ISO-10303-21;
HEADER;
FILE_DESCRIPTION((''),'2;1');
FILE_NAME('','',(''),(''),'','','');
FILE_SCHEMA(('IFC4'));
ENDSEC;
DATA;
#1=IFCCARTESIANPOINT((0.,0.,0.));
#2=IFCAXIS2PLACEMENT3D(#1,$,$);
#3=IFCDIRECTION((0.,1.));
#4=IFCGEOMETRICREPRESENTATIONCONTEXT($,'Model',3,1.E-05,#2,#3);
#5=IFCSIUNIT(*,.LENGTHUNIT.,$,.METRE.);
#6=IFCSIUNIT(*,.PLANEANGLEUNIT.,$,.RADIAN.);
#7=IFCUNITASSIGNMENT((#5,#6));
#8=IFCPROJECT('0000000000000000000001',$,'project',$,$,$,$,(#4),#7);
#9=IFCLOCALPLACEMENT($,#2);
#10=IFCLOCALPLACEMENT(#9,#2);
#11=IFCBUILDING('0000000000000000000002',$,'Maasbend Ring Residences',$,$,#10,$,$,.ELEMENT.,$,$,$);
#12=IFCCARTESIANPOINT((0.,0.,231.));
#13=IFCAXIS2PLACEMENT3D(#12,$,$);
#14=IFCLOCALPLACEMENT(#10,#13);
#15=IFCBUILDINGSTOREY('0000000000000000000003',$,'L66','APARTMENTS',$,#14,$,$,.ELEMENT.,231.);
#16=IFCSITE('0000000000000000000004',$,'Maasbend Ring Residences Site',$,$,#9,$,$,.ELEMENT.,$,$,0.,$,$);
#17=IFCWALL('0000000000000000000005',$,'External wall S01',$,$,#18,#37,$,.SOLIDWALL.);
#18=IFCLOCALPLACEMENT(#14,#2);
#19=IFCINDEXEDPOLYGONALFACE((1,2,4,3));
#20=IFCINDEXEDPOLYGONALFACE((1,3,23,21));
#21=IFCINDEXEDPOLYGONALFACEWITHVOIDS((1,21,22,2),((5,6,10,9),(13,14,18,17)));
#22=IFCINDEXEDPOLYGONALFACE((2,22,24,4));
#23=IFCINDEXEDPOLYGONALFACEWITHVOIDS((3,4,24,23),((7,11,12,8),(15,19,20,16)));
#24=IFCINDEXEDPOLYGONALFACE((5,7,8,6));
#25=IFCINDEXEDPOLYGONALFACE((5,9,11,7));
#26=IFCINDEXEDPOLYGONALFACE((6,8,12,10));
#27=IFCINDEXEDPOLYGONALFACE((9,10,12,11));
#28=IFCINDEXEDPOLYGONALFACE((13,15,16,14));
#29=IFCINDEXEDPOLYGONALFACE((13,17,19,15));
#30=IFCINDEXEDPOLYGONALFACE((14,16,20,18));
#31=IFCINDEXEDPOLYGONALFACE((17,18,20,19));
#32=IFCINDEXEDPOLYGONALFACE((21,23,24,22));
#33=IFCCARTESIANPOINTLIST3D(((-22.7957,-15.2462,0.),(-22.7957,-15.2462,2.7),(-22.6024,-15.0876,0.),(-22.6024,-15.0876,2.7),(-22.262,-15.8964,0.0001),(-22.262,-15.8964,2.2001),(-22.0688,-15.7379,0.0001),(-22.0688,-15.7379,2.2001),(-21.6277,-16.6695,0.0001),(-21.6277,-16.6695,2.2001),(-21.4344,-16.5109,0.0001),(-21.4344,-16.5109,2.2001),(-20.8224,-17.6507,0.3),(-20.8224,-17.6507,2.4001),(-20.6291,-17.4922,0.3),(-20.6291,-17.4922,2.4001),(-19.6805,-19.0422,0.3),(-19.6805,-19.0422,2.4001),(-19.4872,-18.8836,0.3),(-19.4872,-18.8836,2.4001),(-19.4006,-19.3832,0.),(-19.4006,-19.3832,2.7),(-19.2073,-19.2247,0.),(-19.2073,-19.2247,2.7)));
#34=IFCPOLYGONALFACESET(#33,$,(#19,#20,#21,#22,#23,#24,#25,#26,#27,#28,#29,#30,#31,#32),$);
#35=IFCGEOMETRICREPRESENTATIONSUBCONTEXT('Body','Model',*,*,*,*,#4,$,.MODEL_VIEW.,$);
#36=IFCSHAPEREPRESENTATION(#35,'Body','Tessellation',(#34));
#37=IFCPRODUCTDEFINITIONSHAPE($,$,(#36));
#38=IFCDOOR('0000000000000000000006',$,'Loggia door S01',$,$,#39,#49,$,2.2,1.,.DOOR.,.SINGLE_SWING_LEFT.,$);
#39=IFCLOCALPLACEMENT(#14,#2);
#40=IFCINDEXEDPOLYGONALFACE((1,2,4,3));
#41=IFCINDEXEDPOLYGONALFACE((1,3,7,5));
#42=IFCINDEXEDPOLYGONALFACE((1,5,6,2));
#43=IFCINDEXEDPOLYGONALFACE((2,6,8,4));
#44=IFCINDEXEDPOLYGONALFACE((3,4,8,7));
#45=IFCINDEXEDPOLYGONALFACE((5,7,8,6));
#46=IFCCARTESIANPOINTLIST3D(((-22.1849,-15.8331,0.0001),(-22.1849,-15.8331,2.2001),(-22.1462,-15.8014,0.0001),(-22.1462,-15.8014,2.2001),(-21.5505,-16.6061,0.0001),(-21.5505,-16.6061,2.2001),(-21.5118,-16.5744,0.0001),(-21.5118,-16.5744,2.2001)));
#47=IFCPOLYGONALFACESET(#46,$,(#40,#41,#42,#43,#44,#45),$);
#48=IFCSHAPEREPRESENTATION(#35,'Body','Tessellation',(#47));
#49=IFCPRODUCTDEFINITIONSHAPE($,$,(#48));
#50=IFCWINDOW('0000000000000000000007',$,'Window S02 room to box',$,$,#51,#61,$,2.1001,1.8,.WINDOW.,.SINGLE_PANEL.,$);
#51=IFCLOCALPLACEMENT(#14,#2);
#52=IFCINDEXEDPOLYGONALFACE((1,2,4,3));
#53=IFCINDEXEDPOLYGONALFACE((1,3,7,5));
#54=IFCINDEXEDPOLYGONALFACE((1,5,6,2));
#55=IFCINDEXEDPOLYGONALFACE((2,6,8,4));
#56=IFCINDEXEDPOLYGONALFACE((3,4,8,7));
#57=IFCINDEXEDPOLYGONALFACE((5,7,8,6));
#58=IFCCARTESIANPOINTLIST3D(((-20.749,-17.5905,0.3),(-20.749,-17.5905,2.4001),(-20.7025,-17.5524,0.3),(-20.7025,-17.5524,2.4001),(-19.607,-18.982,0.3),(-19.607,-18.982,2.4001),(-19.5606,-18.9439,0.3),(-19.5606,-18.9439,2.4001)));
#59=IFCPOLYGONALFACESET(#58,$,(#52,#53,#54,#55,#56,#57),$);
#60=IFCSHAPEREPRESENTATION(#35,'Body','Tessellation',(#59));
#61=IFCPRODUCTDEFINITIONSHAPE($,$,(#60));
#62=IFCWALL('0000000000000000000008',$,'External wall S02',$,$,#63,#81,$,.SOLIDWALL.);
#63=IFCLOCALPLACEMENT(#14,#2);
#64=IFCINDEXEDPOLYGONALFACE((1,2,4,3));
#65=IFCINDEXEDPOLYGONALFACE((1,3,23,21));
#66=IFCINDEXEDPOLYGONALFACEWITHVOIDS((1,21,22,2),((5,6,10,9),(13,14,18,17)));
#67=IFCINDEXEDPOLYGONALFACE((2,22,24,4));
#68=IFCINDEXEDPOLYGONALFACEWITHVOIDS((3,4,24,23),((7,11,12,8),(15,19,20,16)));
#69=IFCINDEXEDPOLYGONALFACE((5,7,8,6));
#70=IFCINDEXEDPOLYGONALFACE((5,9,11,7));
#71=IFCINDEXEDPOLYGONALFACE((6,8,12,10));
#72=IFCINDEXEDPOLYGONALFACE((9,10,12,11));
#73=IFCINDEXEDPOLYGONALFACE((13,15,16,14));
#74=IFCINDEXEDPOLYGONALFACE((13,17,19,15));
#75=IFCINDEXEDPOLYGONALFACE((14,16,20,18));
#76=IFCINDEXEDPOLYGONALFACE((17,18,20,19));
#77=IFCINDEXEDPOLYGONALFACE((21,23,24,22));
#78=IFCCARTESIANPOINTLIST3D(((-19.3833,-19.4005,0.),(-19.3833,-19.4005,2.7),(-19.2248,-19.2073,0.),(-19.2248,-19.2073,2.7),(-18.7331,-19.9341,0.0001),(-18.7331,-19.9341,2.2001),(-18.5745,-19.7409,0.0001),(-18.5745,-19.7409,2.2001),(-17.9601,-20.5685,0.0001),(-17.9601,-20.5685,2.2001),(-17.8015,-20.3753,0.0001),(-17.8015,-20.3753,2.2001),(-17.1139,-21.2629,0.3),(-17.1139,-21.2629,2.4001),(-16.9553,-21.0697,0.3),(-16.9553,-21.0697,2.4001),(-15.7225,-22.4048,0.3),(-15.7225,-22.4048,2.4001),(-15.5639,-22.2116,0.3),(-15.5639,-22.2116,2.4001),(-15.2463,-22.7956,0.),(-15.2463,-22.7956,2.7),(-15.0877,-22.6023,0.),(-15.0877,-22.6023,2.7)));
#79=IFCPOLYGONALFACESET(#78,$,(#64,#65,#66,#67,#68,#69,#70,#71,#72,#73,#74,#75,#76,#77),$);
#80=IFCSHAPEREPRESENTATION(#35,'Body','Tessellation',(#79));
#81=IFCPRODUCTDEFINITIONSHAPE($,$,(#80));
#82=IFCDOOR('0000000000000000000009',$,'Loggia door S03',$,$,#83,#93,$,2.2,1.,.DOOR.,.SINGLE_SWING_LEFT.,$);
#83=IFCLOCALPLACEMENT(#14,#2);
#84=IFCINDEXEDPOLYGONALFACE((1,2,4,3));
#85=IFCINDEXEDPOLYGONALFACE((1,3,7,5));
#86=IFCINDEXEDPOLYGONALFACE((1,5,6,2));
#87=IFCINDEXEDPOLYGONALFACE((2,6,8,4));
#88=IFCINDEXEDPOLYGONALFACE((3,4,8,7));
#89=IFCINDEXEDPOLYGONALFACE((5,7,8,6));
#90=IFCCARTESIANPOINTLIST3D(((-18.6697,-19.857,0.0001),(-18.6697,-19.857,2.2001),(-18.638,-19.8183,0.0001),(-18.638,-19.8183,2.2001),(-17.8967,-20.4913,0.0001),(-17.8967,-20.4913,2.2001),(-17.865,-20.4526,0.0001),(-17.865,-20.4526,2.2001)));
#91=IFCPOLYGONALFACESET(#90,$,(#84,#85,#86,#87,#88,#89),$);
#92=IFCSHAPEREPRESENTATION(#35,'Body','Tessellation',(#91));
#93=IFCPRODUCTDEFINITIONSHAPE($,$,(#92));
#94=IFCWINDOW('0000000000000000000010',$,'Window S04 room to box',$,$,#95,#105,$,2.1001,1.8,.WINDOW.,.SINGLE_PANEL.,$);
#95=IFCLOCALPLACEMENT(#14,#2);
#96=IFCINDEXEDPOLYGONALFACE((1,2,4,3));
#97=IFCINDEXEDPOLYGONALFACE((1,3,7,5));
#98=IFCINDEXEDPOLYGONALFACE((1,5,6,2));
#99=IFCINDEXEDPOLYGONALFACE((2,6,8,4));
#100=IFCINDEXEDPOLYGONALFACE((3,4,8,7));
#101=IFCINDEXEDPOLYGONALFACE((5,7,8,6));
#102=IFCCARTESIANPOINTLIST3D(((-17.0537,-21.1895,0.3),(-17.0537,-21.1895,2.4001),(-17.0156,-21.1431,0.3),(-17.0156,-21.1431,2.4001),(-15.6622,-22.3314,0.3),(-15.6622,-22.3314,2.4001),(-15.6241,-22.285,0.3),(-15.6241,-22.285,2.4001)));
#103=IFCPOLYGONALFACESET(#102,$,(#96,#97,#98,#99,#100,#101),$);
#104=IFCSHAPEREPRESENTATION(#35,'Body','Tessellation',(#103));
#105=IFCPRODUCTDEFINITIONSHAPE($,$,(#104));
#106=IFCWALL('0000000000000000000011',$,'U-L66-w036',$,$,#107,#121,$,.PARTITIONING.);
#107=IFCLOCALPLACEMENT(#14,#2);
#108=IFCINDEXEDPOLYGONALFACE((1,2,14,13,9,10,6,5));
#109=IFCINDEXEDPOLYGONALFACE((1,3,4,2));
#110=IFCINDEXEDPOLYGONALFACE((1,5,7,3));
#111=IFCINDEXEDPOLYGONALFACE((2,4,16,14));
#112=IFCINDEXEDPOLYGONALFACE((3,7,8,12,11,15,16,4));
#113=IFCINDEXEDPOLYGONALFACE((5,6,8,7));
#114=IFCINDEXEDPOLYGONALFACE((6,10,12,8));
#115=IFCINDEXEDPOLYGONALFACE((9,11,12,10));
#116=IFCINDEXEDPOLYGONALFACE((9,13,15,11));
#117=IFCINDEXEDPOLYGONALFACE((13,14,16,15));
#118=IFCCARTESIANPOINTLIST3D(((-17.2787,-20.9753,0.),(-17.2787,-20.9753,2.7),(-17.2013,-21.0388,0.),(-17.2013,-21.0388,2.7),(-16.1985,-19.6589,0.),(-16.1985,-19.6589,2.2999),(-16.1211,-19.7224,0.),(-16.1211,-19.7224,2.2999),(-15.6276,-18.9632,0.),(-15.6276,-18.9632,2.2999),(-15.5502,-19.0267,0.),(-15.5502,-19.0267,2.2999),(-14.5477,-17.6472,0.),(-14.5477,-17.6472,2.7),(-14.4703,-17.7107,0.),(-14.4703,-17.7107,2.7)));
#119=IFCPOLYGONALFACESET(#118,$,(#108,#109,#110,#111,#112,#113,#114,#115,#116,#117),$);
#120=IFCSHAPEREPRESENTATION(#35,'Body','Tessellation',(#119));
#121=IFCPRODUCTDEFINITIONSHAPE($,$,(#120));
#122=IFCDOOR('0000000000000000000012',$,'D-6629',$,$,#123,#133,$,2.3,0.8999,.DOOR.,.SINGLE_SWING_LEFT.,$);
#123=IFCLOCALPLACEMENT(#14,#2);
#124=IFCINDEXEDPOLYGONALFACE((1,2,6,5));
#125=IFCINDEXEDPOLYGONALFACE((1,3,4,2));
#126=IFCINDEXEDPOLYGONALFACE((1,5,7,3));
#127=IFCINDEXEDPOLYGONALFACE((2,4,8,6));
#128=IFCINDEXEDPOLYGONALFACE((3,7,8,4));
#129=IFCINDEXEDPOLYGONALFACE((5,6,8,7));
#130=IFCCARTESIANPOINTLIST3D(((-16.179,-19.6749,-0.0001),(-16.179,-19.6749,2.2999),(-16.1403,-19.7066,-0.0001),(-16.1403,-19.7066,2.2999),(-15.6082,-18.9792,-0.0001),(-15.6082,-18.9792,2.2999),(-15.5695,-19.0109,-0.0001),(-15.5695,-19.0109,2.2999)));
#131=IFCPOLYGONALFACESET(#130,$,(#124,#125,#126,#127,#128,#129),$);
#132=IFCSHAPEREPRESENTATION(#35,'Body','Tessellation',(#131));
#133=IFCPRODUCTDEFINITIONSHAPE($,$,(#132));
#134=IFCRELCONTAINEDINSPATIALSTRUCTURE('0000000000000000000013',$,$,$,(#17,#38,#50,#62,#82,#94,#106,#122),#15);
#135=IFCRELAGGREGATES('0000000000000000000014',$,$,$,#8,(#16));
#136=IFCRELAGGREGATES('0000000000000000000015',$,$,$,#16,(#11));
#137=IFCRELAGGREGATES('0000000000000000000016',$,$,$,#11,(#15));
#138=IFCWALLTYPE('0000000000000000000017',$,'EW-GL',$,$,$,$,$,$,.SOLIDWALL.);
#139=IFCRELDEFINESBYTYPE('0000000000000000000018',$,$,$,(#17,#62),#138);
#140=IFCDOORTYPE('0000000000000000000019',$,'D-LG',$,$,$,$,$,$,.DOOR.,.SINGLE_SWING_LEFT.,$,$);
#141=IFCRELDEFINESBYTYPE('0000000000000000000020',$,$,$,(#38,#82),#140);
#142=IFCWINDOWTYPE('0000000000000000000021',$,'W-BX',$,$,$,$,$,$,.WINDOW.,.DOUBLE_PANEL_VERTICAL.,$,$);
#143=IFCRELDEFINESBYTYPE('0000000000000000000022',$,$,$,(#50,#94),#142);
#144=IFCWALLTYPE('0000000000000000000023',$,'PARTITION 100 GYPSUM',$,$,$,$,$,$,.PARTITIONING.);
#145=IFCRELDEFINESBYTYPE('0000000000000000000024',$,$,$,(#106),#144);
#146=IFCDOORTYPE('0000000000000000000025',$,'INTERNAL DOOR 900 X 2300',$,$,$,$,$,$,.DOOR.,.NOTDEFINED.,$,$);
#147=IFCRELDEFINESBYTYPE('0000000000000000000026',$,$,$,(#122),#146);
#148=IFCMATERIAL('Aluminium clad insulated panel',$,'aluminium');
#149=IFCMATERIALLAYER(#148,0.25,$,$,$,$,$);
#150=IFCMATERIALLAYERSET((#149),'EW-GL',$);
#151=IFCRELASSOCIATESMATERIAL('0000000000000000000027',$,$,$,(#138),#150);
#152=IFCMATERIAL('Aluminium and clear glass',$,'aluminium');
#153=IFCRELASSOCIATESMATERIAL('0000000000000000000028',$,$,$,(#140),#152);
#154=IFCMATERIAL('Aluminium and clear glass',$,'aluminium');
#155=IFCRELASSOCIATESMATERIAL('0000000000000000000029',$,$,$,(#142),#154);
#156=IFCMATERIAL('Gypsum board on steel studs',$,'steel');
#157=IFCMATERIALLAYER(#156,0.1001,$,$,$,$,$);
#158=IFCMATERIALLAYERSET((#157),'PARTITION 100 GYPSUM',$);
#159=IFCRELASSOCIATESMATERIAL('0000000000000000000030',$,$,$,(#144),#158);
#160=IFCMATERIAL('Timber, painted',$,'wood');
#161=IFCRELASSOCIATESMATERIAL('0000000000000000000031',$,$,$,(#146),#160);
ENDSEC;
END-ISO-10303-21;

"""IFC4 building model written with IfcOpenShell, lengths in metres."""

from ifc_helpers import new_model, si_unit, direction, frame, frame_2d, origin, place, context, subcontext, project, spatial, rectangle, extrude, material, layer, layer_set, type_object, element, fill, save


model = new_model("IFC4")

# Units and contexts
model_context = context("Model", 3, precision=1e-05, world=origin(), true_north=direction((0.0, 1.0)))
body_context = subcontext(model_context, "Body", "Model", "MODEL_VIEW")
ifc_project = project(units=[si_unit("LENGTHUNIT", "METRE"), si_unit("PLANEANGLEUNIT", "RADIAN")], contexts=[model_context])

# Site, building, storey
site_placement = place(None, origin())
site = spatial("IfcSite", under=ifc_project, at=site_placement, Name="Maasbend Ring Residences Site", CompositionType="ELEMENT", RefElevation=0.0)
building_placement = place(site_placement, origin())
building = spatial("IfcBuilding", under=site, at=building_placement, Name="Maasbend Ring Residences", CompositionType="ELEMENT")
storey_placement = place(building_placement, frame((0.0, 0.0, 231.0)))
storey = spatial("IfcBuildingStorey", under=building, at=storey_placement, Name="L66", Description="APARTMENTS", CompositionType="ELEMENT", Elevation=231.0)

# Walls, openings, doors, windows
ifc_material_1 = material(Name="Aluminium clad insulated panel", Category="aluminium")
ifc_layer_1 = layer(ifc_material_1, 0.25)
ifc_layer_set_1 = layer_set([ifc_layer_1], Name="EW-GL")
wall_type_1 = type_object("IfcWallType", Name="EW-GL", PredefinedType="SOLIDWALL", material=ifc_layer_set_1)
wall_1_placement = place(storey_placement, frame((-22.699, -15.167, 0.0), z_axis=(0.0, 0.0, 1.0), x_axis=(0.634382, -0.773019, 0.0)))
wall_1 = element("IfcWall", 1, at=wall_1_placement, inside=storey, type_object=wall_type_1, Name="External wall S01", PredefinedType="SOLIDWALL", context=body_context, shape_type="SweptSolid", body=[
    extrude(rectangle(XDim=5.3518, YDim=0.25, at=frame_2d((2.6758, 0.0))), origin(), (0.0, 0.0, 1.0), 2.7),
])
opening_1_placement = place(wall_1_placement, frame((0.8411, 0.0, 0.0)))
opening_1 = element("IfcOpeningElement", 2, at=opening_1_placement, cuts=wall_1, PredefinedType="OPENING", context=body_context, shape_type="SweptSolid", body=[
    extrude(rectangle(XDim=1.0, YDim=2.2, at=frame_2d((0.5, 1.1001))), frame((0.0, 0.135, 0.0), z_axis=(0.0, -1.0, 0.0), x_axis=(1.0, 0.0, 0.0)), (0.0, 0.0, 1.0), 0.27),
])
opening_2_placement = place(wall_1_placement, frame((3.1106, 0.0, 0.3)))
opening_2 = element("IfcOpeningElement", 3, at=opening_2_placement, cuts=wall_1, PredefinedType="OPENING", context=body_context, shape_type="SweptSolid", body=[
    extrude(rectangle(XDim=1.8, YDim=2.1001, at=frame_2d((0.8999, 1.05))), frame((0.0, 0.135, 0.0), z_axis=(0.0, -1.0, 0.0), x_axis=(1.0, 0.0, 0.0)), (0.0, 0.0, 1.0), 0.27),
])
ifc_material_2 = material(Name="Aluminium and clear glass", Category="aluminium")
door_type_1 = type_object("IfcDoorType", Name="D-LG", OperationType="SINGLE_SWING_LEFT", PredefinedType="DOOR", material=ifc_material_2)
door_1_placement = place(opening_1_placement, origin())
door_1 = element("IfcDoor", 4, at=door_1_placement, inside=storey, type_object=door_type_1, Name="Loggia door S01", OperationType="SINGLE_SWING_LEFT", OverallHeight=2.2, OverallWidth=1.0, PredefinedType="DOOR", context=body_context, shape_type="SweptSolid", body=[
    extrude(rectangle(XDim=1.0, YDim=2.2, at=frame_2d((0.5, 1.1001))), frame((0.0, 0.0249, 0.0), z_axis=(0.0, -1.0, 0.0), x_axis=(1.0, 0.0, 0.0)), (0.0, 0.0, 1.0), 0.05),
])
fill(opening_1, door_1)
ifc_material_3 = material(Name="Aluminium and clear glass", Category="aluminium")
window_type_1 = type_object("IfcWindowType", Name="W-BX", PartitioningType="DOUBLE_PANEL_VERTICAL", PredefinedType="WINDOW", material=ifc_material_3)
window_1_placement = place(opening_2_placement, origin())
window_1 = element("IfcWindow", 5, at=window_1_placement, inside=storey, type_object=window_type_1, Name="Window S02 room to box", OverallHeight=2.1001, OverallWidth=1.8, PartitioningType="SINGLE_PANEL", PredefinedType="WINDOW", context=body_context, shape_type="SweptSolid", body=[
    extrude(rectangle(XDim=1.8, YDim=2.1001, at=frame_2d((0.8999, 1.05))), frame((0.0, 0.03, 0.0), z_axis=(0.0, -1.0, 0.0), x_axis=(1.0, 0.0, 0.0)), (0.0, 0.0, 1.0), 0.0601),
])
fill(opening_2, window_1)
wall_2_placement = place(storey_placement, frame((-19.304, -19.304, 0.0), z_axis=(0.0, 0.0, 1.0), x_axis=(0.773019, -0.634382, 0.0)))
wall_2 = element("IfcWall", 6, at=wall_2_placement, inside=storey, type_object=wall_type_1, Name="External wall S02", PredefinedType="SOLIDWALL", context=body_context, shape_type="SweptSolid", body=[
    extrude(rectangle(XDim=5.3518, YDim=0.25, at=frame_2d((2.6758, 0.0))), origin(), (0.0, 0.0, 1.0), 2.7),
])
opening_3_placement = place(wall_2_placement, frame((0.8411, 0.0, 0.0)))
opening_3 = element("IfcOpeningElement", 7, at=opening_3_placement, cuts=wall_2, PredefinedType="OPENING", context=body_context, shape_type="SweptSolid", body=[
    extrude(rectangle(XDim=1.0, YDim=2.2, at=frame_2d((0.5, 1.1001))), frame((0.0, 0.135, 0.0), z_axis=(0.0, -1.0, 0.0), x_axis=(1.0, 0.0, 0.0)), (0.0, 0.0, 1.0), 0.27),
])
opening_4_placement = place(wall_2_placement, frame((2.9358, 0.0, 0.3)))
opening_4 = element("IfcOpeningElement", 8, at=opening_4_placement, cuts=wall_2, PredefinedType="OPENING", context=body_context, shape_type="SweptSolid", body=[
    extrude(rectangle(XDim=1.8, YDim=2.1001, at=frame_2d((0.8999, 1.05))), frame((0.0, 0.135, 0.0), z_axis=(0.0, -1.0, 0.0), x_axis=(1.0, 0.0, 0.0)), (0.0, 0.0, 1.0), 0.27),
])
door_2_placement = place(opening_3_placement, origin())
door_2 = element("IfcDoor", 9, at=door_2_placement, inside=storey, type_object=door_type_1, Name="Loggia door S03", OperationType="SINGLE_SWING_LEFT", OverallHeight=2.2, OverallWidth=1.0, PredefinedType="DOOR", context=body_context, shape_type="SweptSolid", body=[
    extrude(rectangle(XDim=1.0, YDim=2.2, at=frame_2d((0.5, 1.1001))), frame((0.0, 0.0249, 0.0), z_axis=(0.0, -1.0, 0.0), x_axis=(1.0, 0.0, 0.0)), (0.0, 0.0, 1.0), 0.05),
])
fill(opening_3, door_2)
window_2_placement = place(opening_4_placement, origin())
window_2 = element("IfcWindow", 10, at=window_2_placement, inside=storey, type_object=window_type_1, Name="Window S04 room to box", OverallHeight=2.1001, OverallWidth=1.8, PartitioningType="SINGLE_PANEL", PredefinedType="WINDOW", context=body_context, shape_type="SweptSolid", body=[
    extrude(rectangle(XDim=1.8, YDim=2.1001, at=frame_2d((0.8999, 1.05))), frame((0.0, 0.03, 0.0), z_axis=(0.0, -1.0, 0.0), x_axis=(1.0, 0.0, 0.0)), (0.0, 0.0, 1.0), 0.0601),
])
fill(opening_4, window_2)

# Wall, opening, door
ifc_material_4 = material(Name="Gypsum board on steel studs", Category="steel")
ifc_layer_2 = layer(ifc_material_4, 0.1001)
ifc_layer_set_2 = layer_set([ifc_layer_2], Name="PARTITION 100 GYPSUM")
wall_type_2 = type_object("IfcWallType", Name="PARTITION 100 GYPSUM", PredefinedType="PARTITIONING", material=ifc_layer_set_2)
wall_3_placement = place(storey_placement, frame((-17.24, -21.0071, 0.0), z_axis=(0.0, 0.0, 1.0), x_axis=(0.634343, 0.773052, 0.0)))
wall_3 = element("IfcWall", 11, at=wall_3_placement, inside=storey, type_object=wall_type_2, Name="U-L66-w036", PredefinedType="PARTITIONING", context=body_context, shape_type="SweptSolid", body=[
    extrude(rectangle(XDim=4.3052, YDim=0.1001, at=frame_2d((2.1526, 0.0))), origin(), (0.0, 0.0, 1.0), 2.7),
])
opening_5_placement = place(wall_3_placement, frame((1.7029, 0.0, 0.0)))
opening_5 = element("IfcOpeningElement", 12, at=opening_5_placement, cuts=wall_3, PredefinedType="OPENING", context=body_context, shape_type="SweptSolid", body=[
    extrude(rectangle(XDim=0.8999, YDim=2.3, at=frame_2d((0.45, 1.1499))), frame((0.0, 0.0601, 0.0), z_axis=(0.0, -1.0, 0.0), x_axis=(1.0, 0.0, 0.0)), (0.0, 0.0, 1.0), 0.1201),
])
ifc_material_5 = material(Name="Timber, painted", Category="wood")
door_type_2 = type_object("IfcDoorType", Name="INTERNAL DOOR 900 X 2300", OperationType="NOTDEFINED", PredefinedType="DOOR", material=ifc_material_5)
door_3_placement = place(opening_5_placement, origin())
door_3 = element("IfcDoor", 13, at=door_3_placement, inside=storey, type_object=door_type_2, Name="D-6629", OperationType="SINGLE_SWING_LEFT", OverallHeight=2.3, OverallWidth=0.8999, PredefinedType="DOOR", context=body_context, shape_type="SweptSolid", body=[
    extrude(rectangle(XDim=0.8999, YDim=2.3, at=frame_2d((0.45, 1.1499))), frame((0.0, 0.0249, 0.0), z_axis=(0.0, -1.0, 0.0), x_axis=(1.0, 0.0, 0.0)), (0.0, 0.0, 1.0), 0.05),
])
fill(opening_5, door_3)

save(model, "model.ifc")
